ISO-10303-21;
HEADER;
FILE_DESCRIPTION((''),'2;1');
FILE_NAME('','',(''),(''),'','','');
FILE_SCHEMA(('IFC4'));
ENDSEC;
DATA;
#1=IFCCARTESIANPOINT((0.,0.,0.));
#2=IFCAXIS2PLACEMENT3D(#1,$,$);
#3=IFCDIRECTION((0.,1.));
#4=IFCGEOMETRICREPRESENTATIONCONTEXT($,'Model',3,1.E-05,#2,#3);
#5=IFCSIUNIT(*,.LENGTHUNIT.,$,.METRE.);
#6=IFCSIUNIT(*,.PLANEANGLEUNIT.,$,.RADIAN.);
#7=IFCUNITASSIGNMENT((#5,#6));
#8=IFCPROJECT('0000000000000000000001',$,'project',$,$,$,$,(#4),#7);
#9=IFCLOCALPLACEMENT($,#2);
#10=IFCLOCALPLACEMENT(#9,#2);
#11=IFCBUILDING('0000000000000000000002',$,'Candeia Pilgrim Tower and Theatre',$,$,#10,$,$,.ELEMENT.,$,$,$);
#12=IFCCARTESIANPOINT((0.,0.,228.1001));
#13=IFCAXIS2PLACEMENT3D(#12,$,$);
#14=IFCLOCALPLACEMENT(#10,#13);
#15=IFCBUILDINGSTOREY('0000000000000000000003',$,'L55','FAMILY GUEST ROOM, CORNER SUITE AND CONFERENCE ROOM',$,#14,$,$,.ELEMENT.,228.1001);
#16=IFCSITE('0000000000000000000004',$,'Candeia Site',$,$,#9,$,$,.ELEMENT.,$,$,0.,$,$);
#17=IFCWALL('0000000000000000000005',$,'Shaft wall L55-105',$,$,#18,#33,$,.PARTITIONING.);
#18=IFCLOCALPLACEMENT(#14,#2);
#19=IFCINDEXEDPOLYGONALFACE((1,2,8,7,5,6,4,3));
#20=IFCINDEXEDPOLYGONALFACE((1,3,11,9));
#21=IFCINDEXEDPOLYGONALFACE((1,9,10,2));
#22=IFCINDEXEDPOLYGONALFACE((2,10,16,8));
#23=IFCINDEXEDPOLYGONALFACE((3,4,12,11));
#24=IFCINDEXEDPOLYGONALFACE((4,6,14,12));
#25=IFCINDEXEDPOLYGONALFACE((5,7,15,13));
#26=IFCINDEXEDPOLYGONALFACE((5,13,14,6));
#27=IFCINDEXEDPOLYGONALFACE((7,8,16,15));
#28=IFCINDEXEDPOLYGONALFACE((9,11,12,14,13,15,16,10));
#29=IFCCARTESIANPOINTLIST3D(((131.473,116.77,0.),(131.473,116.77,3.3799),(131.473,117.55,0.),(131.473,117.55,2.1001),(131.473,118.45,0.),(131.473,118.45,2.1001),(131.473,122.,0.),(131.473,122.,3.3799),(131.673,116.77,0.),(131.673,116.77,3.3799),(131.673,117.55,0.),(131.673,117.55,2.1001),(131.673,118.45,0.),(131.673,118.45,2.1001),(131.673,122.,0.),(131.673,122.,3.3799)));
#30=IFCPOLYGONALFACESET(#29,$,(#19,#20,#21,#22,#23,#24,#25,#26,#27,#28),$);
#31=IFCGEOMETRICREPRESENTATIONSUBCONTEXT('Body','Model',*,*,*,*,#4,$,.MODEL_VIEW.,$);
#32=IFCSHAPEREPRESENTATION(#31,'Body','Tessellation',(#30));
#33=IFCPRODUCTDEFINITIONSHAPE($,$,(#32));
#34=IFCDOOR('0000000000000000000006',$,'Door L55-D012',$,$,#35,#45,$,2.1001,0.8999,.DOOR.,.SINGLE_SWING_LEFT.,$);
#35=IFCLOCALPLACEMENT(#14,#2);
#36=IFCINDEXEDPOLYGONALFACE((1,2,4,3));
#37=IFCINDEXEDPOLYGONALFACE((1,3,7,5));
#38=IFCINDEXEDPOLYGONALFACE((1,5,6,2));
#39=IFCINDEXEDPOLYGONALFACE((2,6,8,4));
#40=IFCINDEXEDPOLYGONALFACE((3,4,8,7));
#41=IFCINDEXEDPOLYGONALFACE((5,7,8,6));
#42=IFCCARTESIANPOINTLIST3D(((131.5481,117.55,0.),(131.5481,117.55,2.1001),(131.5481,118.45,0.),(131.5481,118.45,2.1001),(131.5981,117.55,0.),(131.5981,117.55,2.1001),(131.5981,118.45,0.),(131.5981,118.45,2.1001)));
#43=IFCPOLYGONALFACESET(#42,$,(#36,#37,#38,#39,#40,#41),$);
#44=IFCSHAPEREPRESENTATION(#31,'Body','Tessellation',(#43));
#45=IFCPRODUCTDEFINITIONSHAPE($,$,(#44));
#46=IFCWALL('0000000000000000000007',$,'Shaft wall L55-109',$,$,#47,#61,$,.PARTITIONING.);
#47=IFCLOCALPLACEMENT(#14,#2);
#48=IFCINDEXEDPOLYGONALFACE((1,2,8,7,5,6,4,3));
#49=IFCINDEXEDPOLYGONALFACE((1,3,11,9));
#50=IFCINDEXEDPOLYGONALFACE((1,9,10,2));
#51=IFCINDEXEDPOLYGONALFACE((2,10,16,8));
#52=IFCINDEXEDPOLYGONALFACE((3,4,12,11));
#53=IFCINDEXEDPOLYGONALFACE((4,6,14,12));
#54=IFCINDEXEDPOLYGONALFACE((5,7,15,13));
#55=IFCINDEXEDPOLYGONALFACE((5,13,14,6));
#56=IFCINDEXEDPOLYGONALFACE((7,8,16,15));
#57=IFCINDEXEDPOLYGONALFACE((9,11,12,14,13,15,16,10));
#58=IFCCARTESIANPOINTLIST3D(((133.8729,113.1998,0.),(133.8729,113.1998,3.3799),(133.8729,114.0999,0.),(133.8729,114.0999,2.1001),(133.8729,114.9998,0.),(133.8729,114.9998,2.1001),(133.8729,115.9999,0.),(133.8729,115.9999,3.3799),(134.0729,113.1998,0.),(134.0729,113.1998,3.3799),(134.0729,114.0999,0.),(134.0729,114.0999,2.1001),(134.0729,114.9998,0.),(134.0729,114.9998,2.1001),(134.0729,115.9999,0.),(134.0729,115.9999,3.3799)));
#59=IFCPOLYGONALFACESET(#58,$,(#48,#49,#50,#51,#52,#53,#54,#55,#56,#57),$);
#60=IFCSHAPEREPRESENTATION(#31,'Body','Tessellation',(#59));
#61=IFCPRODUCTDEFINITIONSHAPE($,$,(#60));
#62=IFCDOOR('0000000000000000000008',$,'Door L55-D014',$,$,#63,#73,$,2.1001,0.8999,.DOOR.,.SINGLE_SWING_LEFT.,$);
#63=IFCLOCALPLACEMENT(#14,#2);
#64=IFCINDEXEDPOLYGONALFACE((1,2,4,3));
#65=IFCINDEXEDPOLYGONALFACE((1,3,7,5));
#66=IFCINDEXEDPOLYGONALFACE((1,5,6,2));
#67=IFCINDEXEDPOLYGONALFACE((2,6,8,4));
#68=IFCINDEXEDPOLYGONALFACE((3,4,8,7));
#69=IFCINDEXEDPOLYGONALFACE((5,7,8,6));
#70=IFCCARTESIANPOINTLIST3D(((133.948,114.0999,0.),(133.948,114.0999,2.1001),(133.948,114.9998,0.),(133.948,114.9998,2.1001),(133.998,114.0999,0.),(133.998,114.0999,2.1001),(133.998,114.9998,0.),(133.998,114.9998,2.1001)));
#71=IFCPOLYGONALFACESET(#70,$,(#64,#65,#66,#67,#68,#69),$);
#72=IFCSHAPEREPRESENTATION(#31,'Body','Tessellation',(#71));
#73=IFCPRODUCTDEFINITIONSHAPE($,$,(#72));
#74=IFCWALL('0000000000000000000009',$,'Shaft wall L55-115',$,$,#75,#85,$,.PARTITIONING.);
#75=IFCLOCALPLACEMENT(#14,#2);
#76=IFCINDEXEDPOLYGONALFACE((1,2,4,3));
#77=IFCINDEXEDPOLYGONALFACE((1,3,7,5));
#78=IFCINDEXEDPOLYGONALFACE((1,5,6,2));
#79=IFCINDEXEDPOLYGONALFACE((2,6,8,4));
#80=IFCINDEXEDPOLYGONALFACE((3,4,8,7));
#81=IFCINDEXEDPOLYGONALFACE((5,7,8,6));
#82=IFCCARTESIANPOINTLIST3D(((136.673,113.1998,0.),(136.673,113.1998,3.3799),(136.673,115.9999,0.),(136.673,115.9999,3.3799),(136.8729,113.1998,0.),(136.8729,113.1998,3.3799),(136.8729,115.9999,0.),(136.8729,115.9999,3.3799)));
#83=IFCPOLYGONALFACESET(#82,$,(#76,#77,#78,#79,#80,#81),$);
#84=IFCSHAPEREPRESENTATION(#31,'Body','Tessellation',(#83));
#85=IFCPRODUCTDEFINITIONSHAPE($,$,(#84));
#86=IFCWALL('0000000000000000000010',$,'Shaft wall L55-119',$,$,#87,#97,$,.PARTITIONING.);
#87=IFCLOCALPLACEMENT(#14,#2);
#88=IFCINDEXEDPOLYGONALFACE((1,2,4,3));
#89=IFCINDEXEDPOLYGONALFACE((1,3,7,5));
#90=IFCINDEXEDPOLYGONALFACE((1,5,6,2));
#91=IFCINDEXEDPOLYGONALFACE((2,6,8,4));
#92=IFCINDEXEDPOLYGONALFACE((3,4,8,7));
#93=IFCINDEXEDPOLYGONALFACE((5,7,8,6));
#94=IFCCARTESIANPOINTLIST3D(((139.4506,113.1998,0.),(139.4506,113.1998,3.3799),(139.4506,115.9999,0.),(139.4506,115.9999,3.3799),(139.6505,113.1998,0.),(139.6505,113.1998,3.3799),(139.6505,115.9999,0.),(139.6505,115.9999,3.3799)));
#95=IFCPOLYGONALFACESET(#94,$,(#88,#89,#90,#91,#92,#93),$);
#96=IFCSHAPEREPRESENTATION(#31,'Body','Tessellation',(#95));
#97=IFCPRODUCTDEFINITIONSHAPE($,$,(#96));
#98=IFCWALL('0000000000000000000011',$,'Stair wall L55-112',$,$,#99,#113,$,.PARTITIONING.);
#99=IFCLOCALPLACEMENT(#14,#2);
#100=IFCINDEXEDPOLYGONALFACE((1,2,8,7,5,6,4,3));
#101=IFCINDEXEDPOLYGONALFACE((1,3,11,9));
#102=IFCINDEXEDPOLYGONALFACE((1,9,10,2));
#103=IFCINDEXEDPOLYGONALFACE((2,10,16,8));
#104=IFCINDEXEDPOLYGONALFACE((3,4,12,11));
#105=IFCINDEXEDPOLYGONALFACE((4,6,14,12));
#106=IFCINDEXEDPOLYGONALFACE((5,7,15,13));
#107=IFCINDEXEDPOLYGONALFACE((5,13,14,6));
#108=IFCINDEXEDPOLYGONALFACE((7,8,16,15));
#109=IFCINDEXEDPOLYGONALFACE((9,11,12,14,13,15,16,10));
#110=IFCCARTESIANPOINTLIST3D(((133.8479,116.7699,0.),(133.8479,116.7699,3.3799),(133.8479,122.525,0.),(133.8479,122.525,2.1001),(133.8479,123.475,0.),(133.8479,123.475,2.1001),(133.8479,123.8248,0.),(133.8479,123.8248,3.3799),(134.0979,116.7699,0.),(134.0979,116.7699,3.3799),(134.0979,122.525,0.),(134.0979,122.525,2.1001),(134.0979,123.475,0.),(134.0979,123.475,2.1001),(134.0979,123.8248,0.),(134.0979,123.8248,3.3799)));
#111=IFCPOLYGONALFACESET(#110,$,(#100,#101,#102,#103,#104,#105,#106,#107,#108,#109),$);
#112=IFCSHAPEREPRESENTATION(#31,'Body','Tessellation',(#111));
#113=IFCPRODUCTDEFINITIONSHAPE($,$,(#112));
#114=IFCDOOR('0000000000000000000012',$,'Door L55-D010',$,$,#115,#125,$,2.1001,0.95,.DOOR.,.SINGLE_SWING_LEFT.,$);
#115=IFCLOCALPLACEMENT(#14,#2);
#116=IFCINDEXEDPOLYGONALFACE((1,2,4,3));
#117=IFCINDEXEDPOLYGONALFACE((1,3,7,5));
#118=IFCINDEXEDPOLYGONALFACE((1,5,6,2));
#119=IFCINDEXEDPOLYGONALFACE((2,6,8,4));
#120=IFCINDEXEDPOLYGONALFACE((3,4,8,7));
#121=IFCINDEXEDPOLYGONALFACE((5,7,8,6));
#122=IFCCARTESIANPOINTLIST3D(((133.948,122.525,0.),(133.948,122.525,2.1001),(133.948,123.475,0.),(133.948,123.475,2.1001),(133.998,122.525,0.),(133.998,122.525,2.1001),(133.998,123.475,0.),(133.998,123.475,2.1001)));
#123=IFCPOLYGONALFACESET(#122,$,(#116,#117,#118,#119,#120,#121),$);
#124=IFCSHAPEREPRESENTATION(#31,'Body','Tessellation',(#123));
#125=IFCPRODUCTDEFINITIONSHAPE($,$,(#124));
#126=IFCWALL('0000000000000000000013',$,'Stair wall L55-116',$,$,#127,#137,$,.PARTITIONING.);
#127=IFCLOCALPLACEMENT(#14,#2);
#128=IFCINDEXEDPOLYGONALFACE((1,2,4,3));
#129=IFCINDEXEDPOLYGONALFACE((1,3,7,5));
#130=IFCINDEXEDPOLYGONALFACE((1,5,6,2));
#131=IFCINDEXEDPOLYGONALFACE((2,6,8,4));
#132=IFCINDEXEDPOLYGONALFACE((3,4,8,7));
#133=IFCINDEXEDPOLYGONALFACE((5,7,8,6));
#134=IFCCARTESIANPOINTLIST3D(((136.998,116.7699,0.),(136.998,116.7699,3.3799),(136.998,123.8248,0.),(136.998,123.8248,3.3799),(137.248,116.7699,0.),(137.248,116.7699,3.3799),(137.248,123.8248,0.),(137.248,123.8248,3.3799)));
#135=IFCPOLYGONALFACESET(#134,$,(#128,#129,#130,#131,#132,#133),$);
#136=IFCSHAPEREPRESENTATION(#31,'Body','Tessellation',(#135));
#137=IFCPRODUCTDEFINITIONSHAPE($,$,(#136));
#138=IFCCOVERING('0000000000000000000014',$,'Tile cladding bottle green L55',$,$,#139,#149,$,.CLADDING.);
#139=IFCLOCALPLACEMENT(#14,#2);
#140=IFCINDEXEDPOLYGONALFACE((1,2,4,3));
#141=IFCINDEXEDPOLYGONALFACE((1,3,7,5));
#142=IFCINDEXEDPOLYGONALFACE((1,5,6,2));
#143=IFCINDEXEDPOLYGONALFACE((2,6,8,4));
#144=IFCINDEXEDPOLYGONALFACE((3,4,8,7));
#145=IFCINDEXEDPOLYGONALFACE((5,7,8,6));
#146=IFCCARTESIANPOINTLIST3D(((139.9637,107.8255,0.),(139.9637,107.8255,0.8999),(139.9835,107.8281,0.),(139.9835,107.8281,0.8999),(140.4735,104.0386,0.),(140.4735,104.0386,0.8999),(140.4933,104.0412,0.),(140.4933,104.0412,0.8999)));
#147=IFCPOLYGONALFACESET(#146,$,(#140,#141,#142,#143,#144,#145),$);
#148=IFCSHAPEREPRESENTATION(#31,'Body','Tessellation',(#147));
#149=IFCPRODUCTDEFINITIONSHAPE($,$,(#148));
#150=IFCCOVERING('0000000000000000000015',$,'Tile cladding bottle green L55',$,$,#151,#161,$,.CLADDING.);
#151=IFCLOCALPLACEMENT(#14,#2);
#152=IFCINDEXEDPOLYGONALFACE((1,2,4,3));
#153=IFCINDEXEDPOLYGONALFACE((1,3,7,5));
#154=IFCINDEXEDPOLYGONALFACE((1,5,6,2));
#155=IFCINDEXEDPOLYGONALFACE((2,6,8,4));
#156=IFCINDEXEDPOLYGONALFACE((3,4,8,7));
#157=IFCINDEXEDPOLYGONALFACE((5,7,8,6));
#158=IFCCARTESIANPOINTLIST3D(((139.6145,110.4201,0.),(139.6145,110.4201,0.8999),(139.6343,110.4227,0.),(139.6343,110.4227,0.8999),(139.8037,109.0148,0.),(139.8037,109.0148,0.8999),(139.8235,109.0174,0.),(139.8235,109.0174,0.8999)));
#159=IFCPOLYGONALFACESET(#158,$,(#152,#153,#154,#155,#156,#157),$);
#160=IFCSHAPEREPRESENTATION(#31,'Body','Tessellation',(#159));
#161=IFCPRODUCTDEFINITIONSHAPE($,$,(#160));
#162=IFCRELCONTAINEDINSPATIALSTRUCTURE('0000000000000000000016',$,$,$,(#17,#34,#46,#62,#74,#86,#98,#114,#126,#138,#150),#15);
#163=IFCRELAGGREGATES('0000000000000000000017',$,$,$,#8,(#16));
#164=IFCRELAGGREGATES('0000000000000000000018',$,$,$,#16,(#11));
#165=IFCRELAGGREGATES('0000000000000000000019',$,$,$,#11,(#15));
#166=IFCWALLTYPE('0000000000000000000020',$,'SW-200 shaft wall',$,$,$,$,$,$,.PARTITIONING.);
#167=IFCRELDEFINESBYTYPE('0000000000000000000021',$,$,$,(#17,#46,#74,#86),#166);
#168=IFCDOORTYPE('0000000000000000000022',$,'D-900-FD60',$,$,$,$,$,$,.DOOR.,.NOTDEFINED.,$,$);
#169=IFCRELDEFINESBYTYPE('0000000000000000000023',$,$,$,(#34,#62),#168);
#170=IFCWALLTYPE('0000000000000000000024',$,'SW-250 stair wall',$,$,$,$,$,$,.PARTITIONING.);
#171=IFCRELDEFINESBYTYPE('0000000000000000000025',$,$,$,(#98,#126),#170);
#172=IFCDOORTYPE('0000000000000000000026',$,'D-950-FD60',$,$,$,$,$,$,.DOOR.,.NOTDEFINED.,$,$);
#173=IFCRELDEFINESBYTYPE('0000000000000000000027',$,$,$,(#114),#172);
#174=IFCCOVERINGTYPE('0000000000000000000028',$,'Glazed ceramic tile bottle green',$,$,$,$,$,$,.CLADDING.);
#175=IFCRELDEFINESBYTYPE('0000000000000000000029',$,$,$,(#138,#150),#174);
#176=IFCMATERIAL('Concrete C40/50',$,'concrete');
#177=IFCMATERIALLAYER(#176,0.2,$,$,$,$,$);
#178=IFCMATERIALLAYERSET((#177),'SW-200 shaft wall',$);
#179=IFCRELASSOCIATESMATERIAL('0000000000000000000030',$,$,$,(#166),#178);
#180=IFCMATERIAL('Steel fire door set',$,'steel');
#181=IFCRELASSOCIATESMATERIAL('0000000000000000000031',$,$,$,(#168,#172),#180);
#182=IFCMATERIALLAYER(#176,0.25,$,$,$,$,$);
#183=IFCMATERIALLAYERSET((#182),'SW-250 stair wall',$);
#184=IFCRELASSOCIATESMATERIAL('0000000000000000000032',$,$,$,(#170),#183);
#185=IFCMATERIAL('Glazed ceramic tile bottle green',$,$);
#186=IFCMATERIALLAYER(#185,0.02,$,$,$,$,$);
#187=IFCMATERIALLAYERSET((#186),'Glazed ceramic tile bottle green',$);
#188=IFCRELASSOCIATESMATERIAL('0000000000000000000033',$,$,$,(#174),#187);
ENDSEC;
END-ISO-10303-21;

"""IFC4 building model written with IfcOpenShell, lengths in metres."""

from ifc_helpers import new_model, si_unit, direction, frame, frame_2d, origin, origin_2d, place, context, subcontext, project, spatial, rectangle, extrude, material, layer, layer_set, type_object, element, fill, save


model = new_model("IFC4")

# Units and contexts
model_context = context("Model", 3, precision=1e-05, world=origin(), true_north=direction((0.0, 1.0)))
body_context = subcontext(model_context, "Body", "Model", "MODEL_VIEW")
ifc_project = project(units=[si_unit("LENGTHUNIT", "METRE"), si_unit("PLANEANGLEUNIT", "RADIAN")], contexts=[model_context])

# Site, building, storey
site_placement = place(None, origin())
site = spatial("IfcSite", under=ifc_project, at=site_placement, Name="Candeia Site", CompositionType="ELEMENT", RefElevation=0.0)
building_placement = place(site_placement, origin())
building = spatial("IfcBuilding", under=site, at=building_placement, Name="Candeia Pilgrim Tower and Theatre", CompositionType="ELEMENT")
storey_placement = place(building_placement, frame((0.0, 0.0, 228.1001)))
storey = spatial("IfcBuildingStorey", under=building, at=storey_placement, Name="L55", Description="FAMILY GUEST ROOM, CORNER SUITE AND CONFERENCE ROOM", CompositionType="ELEMENT", Elevation=228.1001)

# Shared definitions
ifc_material_1 = material(Name="Steel fire door set", Category="steel")

# Walls, openings, doors
ifc_material_2 = material(Name="Concrete C40/50", Category="concrete")
ifc_layer_1 = layer(ifc_material_2, 0.2)
ifc_layer_set_1 = layer_set([ifc_layer_1], Name="SW-200 shaft wall")
wall_type_1 = type_object("IfcWallType", Name="SW-200 shaft wall", PredefinedType="PARTITIONING", material=ifc_layer_set_1)
door_type_1 = type_object("IfcDoorType", Name="D-900-FD60", OperationType="NOTDEFINED", PredefinedType="DOOR", material=ifc_material_1)
wall_1_placement = place(storey_placement, frame((131.573, 116.77, 0.0), z_axis=(0.0, 0.0, 1.0), x_axis=(0.0, 1.0, 0.0)))
wall_1 = element("IfcWall", 1, at=wall_1_placement, inside=storey, type_object=wall_type_1, Name="Shaft wall L55-105", PredefinedType="PARTITIONING", context=body_context, shape_type="SweptSolid", body=[
    extrude(rectangle(XDim=5.23, YDim=0.2, at=frame_2d((2.615, 0.0))), origin(), (0.0, 0.0, 1.0), 3.3799),
])
opening_1_placement = place(wall_1_placement, frame((0.78, 0.0, 0.0)))
opening_1 = element("IfcOpeningElement", 2, at=opening_1_placement, cuts=wall_1, PredefinedType="OPENING", context=body_context, shape_type="SweptSolid", body=[
    extrude(rectangle(XDim=0.8999, YDim=2.1001, at=frame_2d((0.45, 1.05))), frame((0.0, 0.1099, 0.0), z_axis=(0.0, -1.0, 0.0), x_axis=(1.0, 0.0, 0.0)), (0.0, 0.0, 1.0), 0.22),
])
door_1_placement = place(opening_1_placement, origin())
door_1 = element("IfcDoor", 3, at=door_1_placement, inside=storey, type_object=door_type_1, Name="Door L55-D012", OperationType="SINGLE_SWING_LEFT", OverallHeight=2.1001, OverallWidth=0.8999, PredefinedType="DOOR", context=body_context, shape_type="SweptSolid", body=[
    extrude(rectangle(XDim=0.8999, YDim=2.1001, at=frame_2d((0.45, 1.05))), frame((0.0, 0.0249, 0.0), z_axis=(0.0, -1.0, 0.0), x_axis=(1.0, 0.0, 0.0)), (0.0, 0.0, 1.0), 0.05),
])
fill(opening_1, door_1)
wall_2_placement = place(storey_placement, frame((133.9729, 113.2, 0.0), z_axis=(0.0, 0.0, 1.0), x_axis=(0.0, 1.0, 0.0)))
wall_2 = element("IfcWall", 4, at=wall_2_placement, inside=storey, type_object=wall_type_1, Name="Shaft wall L55-109", PredefinedType="PARTITIONING", context=body_context, shape_type="SweptSolid", body=[
    extrude(rectangle(XDim=2.8, YDim=0.2, at=frame_2d((1.3999, 0.0))), origin(), (0.0, 0.0, 1.0), 3.3799),
])
opening_2_placement = place(wall_2_placement, frame((0.8999, 0.0, 0.0)))
opening_2 = element("IfcOpeningElement", 5, at=opening_2_placement, cuts=wall_2, PredefinedType="OPENING", context=body_context, shape_type="SweptSolid", body=[
    extrude(rectangle(XDim=0.8999, YDim=2.1001, at=frame_2d((0.45, 1.05))), frame((0.0, 0.1099, 0.0), z_axis=(0.0, -1.0, 0.0), x_axis=(1.0, 0.0, 0.0)), (0.0, 0.0, 1.0), 0.22),
])
door_2_placement = place(opening_2_placement, origin())
door_2 = element("IfcDoor", 6, at=door_2_placement, inside=storey, type_object=door_type_1, Name="Door L55-D014", OperationType="SINGLE_SWING_LEFT", OverallHeight=2.1001, OverallWidth=0.8999, PredefinedType="DOOR", context=body_context, shape_type="SweptSolid", body=[
    extrude(rectangle(XDim=0.8999, YDim=2.1001, at=frame_2d((0.45, 1.05))), frame((0.0, 0.0249, 0.0), z_axis=(0.0, -1.0, 0.0), x_axis=(1.0, 0.0, 0.0)), (0.0, 0.0, 1.0), 0.05),
])
fill(opening_2, door_2)

# Walls
for number, where, z_axis, x_axis, name in (
    (7, (136.7729, 113.2, 0.0), (0.0, 0.0, 1.0), (0.0, 1.0, 0.0), "Shaft wall L55-115"),
    (8, (139.5505, 113.2, 0.0), (0.0, 0.0, 1.0), (0.0, 1.0, 0.0), "Shaft wall L55-119"),
):
    element("IfcWall", number, at=place(storey_placement, frame(where, z_axis=z_axis, x_axis=x_axis)), inside=storey, type_object=wall_type_1, Name=name, PredefinedType="PARTITIONING", context=body_context, shape_type="SweptSolid", body=[
        extrude(rectangle(XDim=2.8, YDim=0.2, at=frame_2d((1.3999, 0.0))), origin(), (0.0, 0.0, 1.0), 3.3799),
    ])

# Wall, opening, door
ifc_layer_2 = layer(ifc_material_2, 0.25)
ifc_layer_set_2 = layer_set([ifc_layer_2], Name="SW-250 stair wall")
wall_type_2 = type_object("IfcWallType", Name="SW-250 stair wall", PredefinedType="PARTITIONING", material=ifc_layer_set_2)
wall_3_placement = place(storey_placement, frame((133.9729, 116.77, 0.0), z_axis=(0.0, 0.0, 1.0), x_axis=(0.0, 1.0, 0.0)))
wall_3 = element("IfcWall", 9, at=wall_3_placement, inside=storey, type_object=wall_type_2, Name="Stair wall L55-112", PredefinedType="PARTITIONING", context=body_context, shape_type="SweptSolid", body=[
    extrude(rectangle(XDim=7.0549, YDim=0.25, at=frame_2d((3.5273, 0.0))), origin(), (0.0, 0.0, 1.0), 3.3799),
])
opening_3_placement = place(wall_3_placement, frame((5.7549, 0.0, 0.0)))
opening_3 = element("IfcOpeningElement", 10, at=opening_3_placement, cuts=wall_3, PredefinedType="OPENING", context=body_context, shape_type="SweptSolid", body=[
    extrude(rectangle(XDim=0.95, YDim=2.1001, at=frame_2d((0.4751, 1.05))), frame((0.0, 0.135, 0.0), z_axis=(0.0, -1.0, 0.0), x_axis=(1.0, 0.0, 0.0)), (0.0, 0.0, 1.0), 0.27),
])
door_type_2 = type_object("IfcDoorType", Name="D-950-FD60", OperationType="NOTDEFINED", PredefinedType="DOOR", material=ifc_material_1)
door_3_placement = place(opening_3_placement, origin())
door_3 = element("IfcDoor", 11, at=door_3_placement, inside=storey, type_object=door_type_2, Name="Door L55-D010", OperationType="SINGLE_SWING_LEFT", OverallHeight=2.1001, OverallWidth=0.95, PredefinedType="DOOR", context=body_context, shape_type="SweptSolid", body=[
    extrude(rectangle(XDim=0.95, YDim=2.1001, at=frame_2d((0.4751, 1.05))), frame((0.0, 0.0249, 0.0), z_axis=(0.0, -1.0, 0.0), x_axis=(1.0, 0.0, 0.0)), (0.0, 0.0, 1.0), 0.05),
])
fill(opening_3, door_3)

# Wall
wall_4_placement = place(storey_placement, frame((137.123, 116.77, 0.0), z_axis=(0.0, 0.0, 1.0), x_axis=(0.0, 1.0, 0.0)))
element("IfcWall", 12, at=wall_4_placement, inside=storey, type_object=wall_type_2, Name="Stair wall L55-116", PredefinedType="PARTITIONING", context=body_context, shape_type="SweptSolid", body=[
    extrude(rectangle(XDim=7.0549, YDim=0.25, at=frame_2d((3.5273, 0.0))), origin(), (0.0, 0.0, 1.0), 3.3799),
])

# Coverings
ifc_material_3 = material(Name="Glazed ceramic tile bottle green")
ifc_layer_3 = layer(ifc_material_3, 0.02)
ifc_layer_set_3 = layer_set([ifc_layer_3], Name="Glazed ceramic tile bottle green")
covering_type = type_object("IfcCoveringType", Name="Glazed ceramic tile bottle green", PredefinedType="CLADDING", material=ifc_layer_set_3)
covering_1_placement = place(storey_placement, frame((140.2285, 105.9333, 0.0), z_axis=(0.0, 0.0, 1.0), x_axis=(-0.133412, 0.991061, 0.0)))
element("IfcCovering", 13, at=covering_1_placement, inside=storey, type_object=covering_type, Name="Tile cladding bottle green L55", PredefinedType="CLADDING", context=body_context, shape_type="SweptSolid", body=[
    extrude(rectangle(XDim=3.821, YDim=0.02, at=origin_2d()), origin(), (0.0, 0.0, 1.0), 0.8999),
])
covering_2_placement = place(storey_placement, frame((139.719, 109.7188, 0.0), z_axis=(0.0, 0.0, 1.0), x_axis=(-0.133412, 0.991061, 0.0)))
element("IfcCovering", 14, at=covering_2_placement, inside=storey, type_object=covering_type, Name="Tile cladding bottle green L55", PredefinedType="CLADDING", context=body_context, shape_type="SweptSolid", body=[
    extrude(rectangle(XDim=1.418, YDim=0.02, at=origin_2d()), origin(), (0.0, 0.0, 1.0), 0.8999),
])

save(model, "model.ifc")
